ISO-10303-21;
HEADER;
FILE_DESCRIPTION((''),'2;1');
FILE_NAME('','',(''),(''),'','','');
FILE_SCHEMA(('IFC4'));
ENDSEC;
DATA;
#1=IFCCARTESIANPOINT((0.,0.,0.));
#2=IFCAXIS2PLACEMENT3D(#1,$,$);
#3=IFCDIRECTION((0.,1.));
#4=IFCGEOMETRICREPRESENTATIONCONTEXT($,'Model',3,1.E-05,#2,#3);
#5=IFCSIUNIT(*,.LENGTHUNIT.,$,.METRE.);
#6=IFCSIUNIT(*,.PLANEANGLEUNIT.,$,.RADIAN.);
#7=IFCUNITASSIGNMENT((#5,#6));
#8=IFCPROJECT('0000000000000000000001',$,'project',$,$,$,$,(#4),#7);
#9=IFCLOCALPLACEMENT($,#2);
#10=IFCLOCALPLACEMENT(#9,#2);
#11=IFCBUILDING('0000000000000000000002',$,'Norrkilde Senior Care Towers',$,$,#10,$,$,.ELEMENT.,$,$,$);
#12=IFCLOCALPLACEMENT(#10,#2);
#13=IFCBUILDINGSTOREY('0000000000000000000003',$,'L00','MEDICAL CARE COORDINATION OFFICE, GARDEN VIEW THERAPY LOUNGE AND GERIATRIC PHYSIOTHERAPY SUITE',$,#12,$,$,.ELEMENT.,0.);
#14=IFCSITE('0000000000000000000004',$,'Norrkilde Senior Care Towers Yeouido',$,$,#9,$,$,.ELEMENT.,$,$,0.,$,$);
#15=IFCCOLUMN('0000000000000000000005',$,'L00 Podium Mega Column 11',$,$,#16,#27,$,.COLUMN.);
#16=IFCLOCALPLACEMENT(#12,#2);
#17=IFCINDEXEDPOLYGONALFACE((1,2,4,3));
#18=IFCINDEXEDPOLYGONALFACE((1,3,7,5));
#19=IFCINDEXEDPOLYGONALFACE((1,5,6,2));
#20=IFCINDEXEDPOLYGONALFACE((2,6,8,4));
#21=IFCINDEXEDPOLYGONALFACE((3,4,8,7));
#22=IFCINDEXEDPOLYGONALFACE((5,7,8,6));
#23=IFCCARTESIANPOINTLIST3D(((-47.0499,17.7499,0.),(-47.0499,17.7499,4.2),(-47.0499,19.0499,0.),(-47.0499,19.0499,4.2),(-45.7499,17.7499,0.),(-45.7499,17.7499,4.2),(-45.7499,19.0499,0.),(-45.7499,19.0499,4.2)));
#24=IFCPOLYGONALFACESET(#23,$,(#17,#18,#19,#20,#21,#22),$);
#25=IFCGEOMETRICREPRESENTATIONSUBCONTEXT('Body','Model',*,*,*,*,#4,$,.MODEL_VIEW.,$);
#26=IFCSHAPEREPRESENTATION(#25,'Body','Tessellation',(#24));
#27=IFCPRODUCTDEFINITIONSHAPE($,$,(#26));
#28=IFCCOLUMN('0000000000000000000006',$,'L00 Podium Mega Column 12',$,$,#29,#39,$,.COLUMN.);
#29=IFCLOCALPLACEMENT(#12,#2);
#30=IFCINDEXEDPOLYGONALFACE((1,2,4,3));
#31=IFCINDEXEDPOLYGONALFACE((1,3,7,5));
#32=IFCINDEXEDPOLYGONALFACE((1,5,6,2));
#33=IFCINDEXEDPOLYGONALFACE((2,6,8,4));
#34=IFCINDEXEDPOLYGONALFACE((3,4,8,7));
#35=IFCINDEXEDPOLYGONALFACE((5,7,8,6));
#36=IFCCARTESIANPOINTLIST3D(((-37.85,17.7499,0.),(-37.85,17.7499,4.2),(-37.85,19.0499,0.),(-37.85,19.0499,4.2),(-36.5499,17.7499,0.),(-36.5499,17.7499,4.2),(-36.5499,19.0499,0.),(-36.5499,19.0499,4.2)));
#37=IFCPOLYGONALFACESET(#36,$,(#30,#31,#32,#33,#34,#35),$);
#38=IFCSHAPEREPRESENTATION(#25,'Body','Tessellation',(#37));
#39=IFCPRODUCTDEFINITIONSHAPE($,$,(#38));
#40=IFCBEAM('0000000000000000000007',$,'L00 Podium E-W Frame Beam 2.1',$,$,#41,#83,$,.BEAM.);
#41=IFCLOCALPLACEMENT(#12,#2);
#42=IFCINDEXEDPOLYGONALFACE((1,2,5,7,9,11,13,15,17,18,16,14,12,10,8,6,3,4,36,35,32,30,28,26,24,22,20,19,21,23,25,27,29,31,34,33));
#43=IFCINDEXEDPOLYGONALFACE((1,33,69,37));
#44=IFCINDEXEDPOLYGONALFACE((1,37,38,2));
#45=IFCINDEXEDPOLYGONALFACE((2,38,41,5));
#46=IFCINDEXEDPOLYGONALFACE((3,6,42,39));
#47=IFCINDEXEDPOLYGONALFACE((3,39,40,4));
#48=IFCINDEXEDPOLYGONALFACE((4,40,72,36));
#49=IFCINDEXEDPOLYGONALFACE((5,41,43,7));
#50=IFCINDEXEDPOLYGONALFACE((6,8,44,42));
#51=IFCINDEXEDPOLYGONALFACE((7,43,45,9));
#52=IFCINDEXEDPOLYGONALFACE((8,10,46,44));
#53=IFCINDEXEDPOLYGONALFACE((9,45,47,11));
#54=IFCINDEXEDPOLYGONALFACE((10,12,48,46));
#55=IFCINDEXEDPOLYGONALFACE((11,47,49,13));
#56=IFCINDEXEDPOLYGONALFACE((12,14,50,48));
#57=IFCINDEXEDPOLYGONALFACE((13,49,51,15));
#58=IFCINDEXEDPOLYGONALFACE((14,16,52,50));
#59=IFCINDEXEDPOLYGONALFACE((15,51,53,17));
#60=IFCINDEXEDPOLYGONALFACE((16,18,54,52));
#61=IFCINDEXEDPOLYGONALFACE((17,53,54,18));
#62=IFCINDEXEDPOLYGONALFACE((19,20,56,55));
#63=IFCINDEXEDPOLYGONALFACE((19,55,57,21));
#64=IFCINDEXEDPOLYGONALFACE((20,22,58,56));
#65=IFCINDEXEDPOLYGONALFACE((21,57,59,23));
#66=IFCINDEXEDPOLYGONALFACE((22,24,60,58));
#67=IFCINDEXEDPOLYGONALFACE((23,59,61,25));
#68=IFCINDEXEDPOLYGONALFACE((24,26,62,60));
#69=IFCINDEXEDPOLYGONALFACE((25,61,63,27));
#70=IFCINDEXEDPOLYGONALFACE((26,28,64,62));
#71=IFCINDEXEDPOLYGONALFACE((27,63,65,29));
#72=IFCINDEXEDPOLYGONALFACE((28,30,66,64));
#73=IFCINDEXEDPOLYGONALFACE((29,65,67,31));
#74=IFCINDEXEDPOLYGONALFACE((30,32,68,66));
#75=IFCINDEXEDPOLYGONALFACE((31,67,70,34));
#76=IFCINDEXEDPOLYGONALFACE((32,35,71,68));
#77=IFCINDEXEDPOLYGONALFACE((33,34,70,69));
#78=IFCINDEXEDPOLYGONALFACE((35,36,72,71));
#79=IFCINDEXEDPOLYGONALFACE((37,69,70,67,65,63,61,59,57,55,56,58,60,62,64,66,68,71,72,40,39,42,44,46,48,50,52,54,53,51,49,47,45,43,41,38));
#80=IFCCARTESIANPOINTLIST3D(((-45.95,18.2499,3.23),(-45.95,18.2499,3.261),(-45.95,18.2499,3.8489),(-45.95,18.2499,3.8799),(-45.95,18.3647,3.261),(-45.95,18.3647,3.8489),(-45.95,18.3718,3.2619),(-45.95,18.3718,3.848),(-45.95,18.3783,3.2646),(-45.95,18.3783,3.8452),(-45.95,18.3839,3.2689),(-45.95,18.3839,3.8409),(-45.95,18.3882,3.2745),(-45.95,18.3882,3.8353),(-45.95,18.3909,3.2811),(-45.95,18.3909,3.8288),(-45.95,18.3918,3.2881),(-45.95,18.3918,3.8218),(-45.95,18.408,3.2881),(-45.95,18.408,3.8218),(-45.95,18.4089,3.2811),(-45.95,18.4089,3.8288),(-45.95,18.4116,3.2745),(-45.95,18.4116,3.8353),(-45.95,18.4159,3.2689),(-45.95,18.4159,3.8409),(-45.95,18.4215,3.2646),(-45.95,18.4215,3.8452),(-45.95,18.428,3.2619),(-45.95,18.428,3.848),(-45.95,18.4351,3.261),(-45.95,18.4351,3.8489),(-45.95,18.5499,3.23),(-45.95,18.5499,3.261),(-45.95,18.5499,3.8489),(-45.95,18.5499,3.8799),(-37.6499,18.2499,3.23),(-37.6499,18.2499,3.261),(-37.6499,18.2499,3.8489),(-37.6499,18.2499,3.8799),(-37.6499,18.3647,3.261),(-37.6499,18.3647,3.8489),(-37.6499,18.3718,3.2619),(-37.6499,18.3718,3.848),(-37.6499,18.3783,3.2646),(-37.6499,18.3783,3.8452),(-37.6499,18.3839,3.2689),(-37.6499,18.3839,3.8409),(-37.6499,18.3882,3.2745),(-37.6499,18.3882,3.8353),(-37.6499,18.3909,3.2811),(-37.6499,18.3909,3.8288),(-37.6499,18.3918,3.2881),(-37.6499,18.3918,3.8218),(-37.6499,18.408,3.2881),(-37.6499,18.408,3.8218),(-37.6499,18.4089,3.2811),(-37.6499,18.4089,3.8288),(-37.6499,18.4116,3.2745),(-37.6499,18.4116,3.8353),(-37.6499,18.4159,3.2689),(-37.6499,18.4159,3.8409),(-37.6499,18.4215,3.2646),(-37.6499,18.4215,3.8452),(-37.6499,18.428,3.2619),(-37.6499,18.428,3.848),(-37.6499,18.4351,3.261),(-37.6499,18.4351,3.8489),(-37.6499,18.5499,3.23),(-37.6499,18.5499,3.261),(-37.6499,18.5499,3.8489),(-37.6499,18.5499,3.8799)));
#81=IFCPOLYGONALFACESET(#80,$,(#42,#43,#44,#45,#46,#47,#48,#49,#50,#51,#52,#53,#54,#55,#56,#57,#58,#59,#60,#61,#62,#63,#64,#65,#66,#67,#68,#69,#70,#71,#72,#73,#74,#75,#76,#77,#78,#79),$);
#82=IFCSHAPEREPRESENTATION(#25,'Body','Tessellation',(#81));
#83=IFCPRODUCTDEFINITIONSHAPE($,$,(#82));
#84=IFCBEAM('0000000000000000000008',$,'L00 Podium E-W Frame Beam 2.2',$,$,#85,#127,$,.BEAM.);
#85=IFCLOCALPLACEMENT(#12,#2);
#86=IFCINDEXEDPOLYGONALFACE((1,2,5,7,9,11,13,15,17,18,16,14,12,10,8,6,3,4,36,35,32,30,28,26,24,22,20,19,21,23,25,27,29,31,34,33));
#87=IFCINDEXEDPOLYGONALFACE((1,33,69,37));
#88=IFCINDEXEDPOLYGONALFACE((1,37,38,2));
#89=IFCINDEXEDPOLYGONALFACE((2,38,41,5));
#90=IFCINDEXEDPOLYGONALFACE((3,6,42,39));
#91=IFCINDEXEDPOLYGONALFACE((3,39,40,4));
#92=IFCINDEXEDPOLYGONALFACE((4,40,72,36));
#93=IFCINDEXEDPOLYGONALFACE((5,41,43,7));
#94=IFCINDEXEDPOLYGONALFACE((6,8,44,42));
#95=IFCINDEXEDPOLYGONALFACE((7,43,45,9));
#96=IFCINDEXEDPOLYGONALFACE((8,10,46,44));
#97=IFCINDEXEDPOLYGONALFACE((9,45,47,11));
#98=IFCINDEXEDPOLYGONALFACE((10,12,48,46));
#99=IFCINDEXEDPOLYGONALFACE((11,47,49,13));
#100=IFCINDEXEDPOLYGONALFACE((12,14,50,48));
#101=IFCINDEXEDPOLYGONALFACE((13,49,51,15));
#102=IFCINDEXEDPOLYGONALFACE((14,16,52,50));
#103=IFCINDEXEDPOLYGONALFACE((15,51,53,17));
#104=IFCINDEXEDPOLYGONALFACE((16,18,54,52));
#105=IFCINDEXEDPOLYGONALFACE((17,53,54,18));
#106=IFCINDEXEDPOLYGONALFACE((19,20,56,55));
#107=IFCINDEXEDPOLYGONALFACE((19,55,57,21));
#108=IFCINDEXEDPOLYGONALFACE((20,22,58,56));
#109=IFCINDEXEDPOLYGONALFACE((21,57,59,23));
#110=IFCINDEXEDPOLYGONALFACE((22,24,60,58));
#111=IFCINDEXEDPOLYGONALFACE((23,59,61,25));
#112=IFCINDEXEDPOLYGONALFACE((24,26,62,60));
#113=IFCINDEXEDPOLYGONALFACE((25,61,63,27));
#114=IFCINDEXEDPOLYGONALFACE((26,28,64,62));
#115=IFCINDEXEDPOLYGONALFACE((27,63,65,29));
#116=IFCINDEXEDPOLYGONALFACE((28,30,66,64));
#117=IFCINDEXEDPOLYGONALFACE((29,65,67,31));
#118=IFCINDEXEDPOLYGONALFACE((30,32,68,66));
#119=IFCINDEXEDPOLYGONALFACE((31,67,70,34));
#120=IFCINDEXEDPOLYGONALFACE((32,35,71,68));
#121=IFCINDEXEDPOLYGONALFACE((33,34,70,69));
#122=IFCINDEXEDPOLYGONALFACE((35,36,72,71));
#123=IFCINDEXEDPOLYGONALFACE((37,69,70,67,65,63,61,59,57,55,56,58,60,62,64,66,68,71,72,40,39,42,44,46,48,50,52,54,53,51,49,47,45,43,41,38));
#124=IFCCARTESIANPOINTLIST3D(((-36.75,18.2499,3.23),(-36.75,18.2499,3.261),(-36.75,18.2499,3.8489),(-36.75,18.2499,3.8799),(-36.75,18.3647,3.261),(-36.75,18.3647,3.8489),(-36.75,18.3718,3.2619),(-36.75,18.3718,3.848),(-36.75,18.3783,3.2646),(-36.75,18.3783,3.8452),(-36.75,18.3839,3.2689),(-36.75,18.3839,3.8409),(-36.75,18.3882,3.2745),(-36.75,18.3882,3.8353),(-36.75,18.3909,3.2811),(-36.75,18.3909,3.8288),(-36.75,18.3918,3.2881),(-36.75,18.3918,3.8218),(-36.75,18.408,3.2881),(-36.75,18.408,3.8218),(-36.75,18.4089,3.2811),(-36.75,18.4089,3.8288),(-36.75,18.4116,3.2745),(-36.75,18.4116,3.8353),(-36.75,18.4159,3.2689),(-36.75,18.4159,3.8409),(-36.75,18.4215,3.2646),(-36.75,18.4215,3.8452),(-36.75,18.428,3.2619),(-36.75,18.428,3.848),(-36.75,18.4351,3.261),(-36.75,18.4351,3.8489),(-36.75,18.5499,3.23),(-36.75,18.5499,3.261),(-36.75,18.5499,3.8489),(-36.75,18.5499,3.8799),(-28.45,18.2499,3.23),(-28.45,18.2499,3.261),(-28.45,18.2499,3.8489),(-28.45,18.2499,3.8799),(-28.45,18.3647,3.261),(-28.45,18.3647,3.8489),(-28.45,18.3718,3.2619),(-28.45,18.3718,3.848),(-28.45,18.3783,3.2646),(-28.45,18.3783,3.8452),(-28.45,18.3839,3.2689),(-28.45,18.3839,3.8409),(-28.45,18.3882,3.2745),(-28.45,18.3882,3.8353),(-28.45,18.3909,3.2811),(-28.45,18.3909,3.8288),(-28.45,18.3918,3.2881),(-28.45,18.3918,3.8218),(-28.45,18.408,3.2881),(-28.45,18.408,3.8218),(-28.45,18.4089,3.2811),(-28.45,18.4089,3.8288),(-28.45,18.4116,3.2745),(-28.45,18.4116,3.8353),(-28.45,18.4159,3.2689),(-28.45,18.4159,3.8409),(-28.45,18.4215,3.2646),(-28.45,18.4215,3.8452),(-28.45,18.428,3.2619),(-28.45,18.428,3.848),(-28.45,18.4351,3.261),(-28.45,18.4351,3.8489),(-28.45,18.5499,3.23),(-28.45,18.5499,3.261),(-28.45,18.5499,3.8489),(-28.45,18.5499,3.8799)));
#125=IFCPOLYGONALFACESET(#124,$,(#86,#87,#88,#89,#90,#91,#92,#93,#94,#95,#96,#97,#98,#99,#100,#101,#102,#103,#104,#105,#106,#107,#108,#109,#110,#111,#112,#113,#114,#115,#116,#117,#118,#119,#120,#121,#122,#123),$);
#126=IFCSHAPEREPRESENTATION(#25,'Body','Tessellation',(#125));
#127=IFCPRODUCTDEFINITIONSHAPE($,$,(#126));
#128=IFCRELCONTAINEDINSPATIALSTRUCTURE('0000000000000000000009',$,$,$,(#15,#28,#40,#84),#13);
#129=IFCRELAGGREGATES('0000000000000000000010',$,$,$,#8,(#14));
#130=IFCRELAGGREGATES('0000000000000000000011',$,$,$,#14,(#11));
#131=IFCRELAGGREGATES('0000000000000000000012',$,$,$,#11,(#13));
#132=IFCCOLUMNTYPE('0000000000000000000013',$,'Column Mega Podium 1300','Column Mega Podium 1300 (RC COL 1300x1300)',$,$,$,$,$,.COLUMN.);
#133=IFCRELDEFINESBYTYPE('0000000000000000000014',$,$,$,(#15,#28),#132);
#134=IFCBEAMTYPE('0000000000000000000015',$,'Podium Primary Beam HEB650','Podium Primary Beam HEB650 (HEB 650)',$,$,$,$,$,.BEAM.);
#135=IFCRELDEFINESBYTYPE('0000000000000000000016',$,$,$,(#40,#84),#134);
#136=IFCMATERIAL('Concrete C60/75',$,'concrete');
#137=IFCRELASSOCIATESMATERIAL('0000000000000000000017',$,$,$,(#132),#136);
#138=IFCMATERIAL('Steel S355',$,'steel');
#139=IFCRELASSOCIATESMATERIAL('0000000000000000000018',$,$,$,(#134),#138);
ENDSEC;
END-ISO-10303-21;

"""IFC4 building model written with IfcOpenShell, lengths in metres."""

from ifc_helpers import new_model, si_unit, direction, frame, origin, origin_2d, place, context, subcontext, project, spatial, rectangle, i_section, extrude, source, transform, mapped, material, material_profile, profile_set, type_object, type_shapes, element, save


model = new_model("IFC4")

# Units and contexts
model_context = context("Model", 3, precision=1e-05, world=origin(), true_north=direction((0.0, 1.0)))
body_context = subcontext(model_context, "Body", "Model", "MODEL_VIEW")
ifc_project = project(units=[si_unit("LENGTHUNIT", "METRE"), si_unit("PLANEANGLEUNIT", "RADIAN")], contexts=[model_context])

# Site, building, storey
site_placement = place(None, origin())
site = spatial("IfcSite", under=ifc_project, at=site_placement, Name="Norrkilde Senior Care Towers Yeouido", CompositionType="ELEMENT", RefElevation=0.0)
building_placement = place(site_placement, origin())
building = spatial("IfcBuilding", under=site, at=building_placement, Name="Norrkilde Senior Care Towers", CompositionType="ELEMENT")
storey_placement = place(building_placement, origin())
storey = spatial("IfcBuildingStorey", under=building, at=storey_placement, Name="L00", Description="MEDICAL CARE COORDINATION OFFICE, GARDEN VIEW THERAPY LOUNGE AND GERIATRIC PHYSIOTHERAPY SUITE", CompositionType="ELEMENT", Elevation=0.0)

# Columns
ifc_material_1 = material(Name="Concrete C60/75", Category="concrete")
ifc_material_profile_1 = material_profile(ifc_material_1, rectangle(XDim=1.3, YDim=1.3, at=origin_2d()), Name="RC COL 1300x1300")
ifc_profile_set_1 = profile_set([ifc_material_profile_1], Name="Concrete C60/75")
column_type = type_object("IfcColumnType", Name="Column Mega Podium 1300", Description="Column Mega Podium 1300 (RC COL 1300x1300)", PredefinedType="COLUMN", material=ifc_profile_set_1)
shared_shape_1 = source(origin(), body_context, "Body", "SweptSolid", [
    extrude(rectangle(XDim=1.3, YDim=1.3, at=origin_2d()), origin(), (0.0, 0.0, 1.0), 4.2),
])
type_shapes(column_type, [shared_shape_1])
for number, where, z_axis, x_axis, name in (
    (1, (-46.3999, 18.3999, 0.0), (0.0, 0.0, 1.0), (1.0, 0.0, 0.0), "L00 Podium Mega Column 11"),
    (2, (-37.2, 18.3999, 0.0), (0.0, 0.0, 1.0), (1.0, 0.0, 0.0), "L00 Podium Mega Column 12"),
):
    element("IfcColumn", number, at=place(storey_placement, frame(where, z_axis=z_axis, x_axis=x_axis)), inside=storey, type_object=column_type, Name=name, PredefinedType="COLUMN", context=body_context, shape_type="MappedRepresentation", body=[
        mapped(shared_shape_1, transform((0.0, 0.0, 0.0), x_axis=(1.0, 0.0, 0.0), y_axis=(0.0, 1.0, 0.0), z_axis=(0.0, 0.0, 1.0), scale=1.0)),
    ])

# Beams
ifc_material_2 = material(Name="Steel S355", Category="steel")
ifc_material_profile_2 = material_profile(ifc_material_2, i_section(OverallWidth=0.3, OverallDepth=0.6499, WebThickness=0.0161, FlangeThickness=0.031, FilletRadius=0.0271, at=origin_2d()), Name="HEB 650")
ifc_profile_set_2 = profile_set([ifc_material_profile_2], Name="Steel S355")
beam_type = type_object("IfcBeamType", Name="Podium Primary Beam HEB650", Description="Podium Primary Beam HEB650 (HEB 650)", PredefinedType="BEAM", material=ifc_profile_set_2)
shared_shape_2 = source(origin(), body_context, "Body", "SweptSolid", [
    extrude(i_section(OverallWidth=0.3, OverallDepth=0.6499, WebThickness=0.0161, FlangeThickness=0.031, FilletRadius=0.0271, at=origin_2d()), origin(), (0.0, 0.0, 1.0), 8.3),
])
type_shapes(beam_type, [shared_shape_2])
for number, where, z_axis, x_axis, name in (
    (3, (-45.95, 18.3999, 3.5549), (1.0, 0.0, 0.0), (0.0, 1.0, 0.0), "L00 Podium E-W Frame Beam 2.1"),
    (4, (-36.75, 18.3999, 3.5549), (1.0, 0.0, 0.0), (0.0, 1.0, 0.0), "L00 Podium E-W Frame Beam 2.2"),
):
    element("IfcBeam", number, at=place(storey_placement, frame(where, z_axis=z_axis, x_axis=x_axis)), inside=storey, type_object=beam_type, Name=name, PredefinedType="BEAM", context=body_context, shape_type="MappedRepresentation", body=[
        mapped(shared_shape_2, transform((0.0, 0.0, 0.0), x_axis=(1.0, 0.0, 0.0), y_axis=(0.0, 1.0, 0.0), z_axis=(0.0, 0.0, 1.0), scale=1.0)),
    ])

save(model, "model.ifc")
